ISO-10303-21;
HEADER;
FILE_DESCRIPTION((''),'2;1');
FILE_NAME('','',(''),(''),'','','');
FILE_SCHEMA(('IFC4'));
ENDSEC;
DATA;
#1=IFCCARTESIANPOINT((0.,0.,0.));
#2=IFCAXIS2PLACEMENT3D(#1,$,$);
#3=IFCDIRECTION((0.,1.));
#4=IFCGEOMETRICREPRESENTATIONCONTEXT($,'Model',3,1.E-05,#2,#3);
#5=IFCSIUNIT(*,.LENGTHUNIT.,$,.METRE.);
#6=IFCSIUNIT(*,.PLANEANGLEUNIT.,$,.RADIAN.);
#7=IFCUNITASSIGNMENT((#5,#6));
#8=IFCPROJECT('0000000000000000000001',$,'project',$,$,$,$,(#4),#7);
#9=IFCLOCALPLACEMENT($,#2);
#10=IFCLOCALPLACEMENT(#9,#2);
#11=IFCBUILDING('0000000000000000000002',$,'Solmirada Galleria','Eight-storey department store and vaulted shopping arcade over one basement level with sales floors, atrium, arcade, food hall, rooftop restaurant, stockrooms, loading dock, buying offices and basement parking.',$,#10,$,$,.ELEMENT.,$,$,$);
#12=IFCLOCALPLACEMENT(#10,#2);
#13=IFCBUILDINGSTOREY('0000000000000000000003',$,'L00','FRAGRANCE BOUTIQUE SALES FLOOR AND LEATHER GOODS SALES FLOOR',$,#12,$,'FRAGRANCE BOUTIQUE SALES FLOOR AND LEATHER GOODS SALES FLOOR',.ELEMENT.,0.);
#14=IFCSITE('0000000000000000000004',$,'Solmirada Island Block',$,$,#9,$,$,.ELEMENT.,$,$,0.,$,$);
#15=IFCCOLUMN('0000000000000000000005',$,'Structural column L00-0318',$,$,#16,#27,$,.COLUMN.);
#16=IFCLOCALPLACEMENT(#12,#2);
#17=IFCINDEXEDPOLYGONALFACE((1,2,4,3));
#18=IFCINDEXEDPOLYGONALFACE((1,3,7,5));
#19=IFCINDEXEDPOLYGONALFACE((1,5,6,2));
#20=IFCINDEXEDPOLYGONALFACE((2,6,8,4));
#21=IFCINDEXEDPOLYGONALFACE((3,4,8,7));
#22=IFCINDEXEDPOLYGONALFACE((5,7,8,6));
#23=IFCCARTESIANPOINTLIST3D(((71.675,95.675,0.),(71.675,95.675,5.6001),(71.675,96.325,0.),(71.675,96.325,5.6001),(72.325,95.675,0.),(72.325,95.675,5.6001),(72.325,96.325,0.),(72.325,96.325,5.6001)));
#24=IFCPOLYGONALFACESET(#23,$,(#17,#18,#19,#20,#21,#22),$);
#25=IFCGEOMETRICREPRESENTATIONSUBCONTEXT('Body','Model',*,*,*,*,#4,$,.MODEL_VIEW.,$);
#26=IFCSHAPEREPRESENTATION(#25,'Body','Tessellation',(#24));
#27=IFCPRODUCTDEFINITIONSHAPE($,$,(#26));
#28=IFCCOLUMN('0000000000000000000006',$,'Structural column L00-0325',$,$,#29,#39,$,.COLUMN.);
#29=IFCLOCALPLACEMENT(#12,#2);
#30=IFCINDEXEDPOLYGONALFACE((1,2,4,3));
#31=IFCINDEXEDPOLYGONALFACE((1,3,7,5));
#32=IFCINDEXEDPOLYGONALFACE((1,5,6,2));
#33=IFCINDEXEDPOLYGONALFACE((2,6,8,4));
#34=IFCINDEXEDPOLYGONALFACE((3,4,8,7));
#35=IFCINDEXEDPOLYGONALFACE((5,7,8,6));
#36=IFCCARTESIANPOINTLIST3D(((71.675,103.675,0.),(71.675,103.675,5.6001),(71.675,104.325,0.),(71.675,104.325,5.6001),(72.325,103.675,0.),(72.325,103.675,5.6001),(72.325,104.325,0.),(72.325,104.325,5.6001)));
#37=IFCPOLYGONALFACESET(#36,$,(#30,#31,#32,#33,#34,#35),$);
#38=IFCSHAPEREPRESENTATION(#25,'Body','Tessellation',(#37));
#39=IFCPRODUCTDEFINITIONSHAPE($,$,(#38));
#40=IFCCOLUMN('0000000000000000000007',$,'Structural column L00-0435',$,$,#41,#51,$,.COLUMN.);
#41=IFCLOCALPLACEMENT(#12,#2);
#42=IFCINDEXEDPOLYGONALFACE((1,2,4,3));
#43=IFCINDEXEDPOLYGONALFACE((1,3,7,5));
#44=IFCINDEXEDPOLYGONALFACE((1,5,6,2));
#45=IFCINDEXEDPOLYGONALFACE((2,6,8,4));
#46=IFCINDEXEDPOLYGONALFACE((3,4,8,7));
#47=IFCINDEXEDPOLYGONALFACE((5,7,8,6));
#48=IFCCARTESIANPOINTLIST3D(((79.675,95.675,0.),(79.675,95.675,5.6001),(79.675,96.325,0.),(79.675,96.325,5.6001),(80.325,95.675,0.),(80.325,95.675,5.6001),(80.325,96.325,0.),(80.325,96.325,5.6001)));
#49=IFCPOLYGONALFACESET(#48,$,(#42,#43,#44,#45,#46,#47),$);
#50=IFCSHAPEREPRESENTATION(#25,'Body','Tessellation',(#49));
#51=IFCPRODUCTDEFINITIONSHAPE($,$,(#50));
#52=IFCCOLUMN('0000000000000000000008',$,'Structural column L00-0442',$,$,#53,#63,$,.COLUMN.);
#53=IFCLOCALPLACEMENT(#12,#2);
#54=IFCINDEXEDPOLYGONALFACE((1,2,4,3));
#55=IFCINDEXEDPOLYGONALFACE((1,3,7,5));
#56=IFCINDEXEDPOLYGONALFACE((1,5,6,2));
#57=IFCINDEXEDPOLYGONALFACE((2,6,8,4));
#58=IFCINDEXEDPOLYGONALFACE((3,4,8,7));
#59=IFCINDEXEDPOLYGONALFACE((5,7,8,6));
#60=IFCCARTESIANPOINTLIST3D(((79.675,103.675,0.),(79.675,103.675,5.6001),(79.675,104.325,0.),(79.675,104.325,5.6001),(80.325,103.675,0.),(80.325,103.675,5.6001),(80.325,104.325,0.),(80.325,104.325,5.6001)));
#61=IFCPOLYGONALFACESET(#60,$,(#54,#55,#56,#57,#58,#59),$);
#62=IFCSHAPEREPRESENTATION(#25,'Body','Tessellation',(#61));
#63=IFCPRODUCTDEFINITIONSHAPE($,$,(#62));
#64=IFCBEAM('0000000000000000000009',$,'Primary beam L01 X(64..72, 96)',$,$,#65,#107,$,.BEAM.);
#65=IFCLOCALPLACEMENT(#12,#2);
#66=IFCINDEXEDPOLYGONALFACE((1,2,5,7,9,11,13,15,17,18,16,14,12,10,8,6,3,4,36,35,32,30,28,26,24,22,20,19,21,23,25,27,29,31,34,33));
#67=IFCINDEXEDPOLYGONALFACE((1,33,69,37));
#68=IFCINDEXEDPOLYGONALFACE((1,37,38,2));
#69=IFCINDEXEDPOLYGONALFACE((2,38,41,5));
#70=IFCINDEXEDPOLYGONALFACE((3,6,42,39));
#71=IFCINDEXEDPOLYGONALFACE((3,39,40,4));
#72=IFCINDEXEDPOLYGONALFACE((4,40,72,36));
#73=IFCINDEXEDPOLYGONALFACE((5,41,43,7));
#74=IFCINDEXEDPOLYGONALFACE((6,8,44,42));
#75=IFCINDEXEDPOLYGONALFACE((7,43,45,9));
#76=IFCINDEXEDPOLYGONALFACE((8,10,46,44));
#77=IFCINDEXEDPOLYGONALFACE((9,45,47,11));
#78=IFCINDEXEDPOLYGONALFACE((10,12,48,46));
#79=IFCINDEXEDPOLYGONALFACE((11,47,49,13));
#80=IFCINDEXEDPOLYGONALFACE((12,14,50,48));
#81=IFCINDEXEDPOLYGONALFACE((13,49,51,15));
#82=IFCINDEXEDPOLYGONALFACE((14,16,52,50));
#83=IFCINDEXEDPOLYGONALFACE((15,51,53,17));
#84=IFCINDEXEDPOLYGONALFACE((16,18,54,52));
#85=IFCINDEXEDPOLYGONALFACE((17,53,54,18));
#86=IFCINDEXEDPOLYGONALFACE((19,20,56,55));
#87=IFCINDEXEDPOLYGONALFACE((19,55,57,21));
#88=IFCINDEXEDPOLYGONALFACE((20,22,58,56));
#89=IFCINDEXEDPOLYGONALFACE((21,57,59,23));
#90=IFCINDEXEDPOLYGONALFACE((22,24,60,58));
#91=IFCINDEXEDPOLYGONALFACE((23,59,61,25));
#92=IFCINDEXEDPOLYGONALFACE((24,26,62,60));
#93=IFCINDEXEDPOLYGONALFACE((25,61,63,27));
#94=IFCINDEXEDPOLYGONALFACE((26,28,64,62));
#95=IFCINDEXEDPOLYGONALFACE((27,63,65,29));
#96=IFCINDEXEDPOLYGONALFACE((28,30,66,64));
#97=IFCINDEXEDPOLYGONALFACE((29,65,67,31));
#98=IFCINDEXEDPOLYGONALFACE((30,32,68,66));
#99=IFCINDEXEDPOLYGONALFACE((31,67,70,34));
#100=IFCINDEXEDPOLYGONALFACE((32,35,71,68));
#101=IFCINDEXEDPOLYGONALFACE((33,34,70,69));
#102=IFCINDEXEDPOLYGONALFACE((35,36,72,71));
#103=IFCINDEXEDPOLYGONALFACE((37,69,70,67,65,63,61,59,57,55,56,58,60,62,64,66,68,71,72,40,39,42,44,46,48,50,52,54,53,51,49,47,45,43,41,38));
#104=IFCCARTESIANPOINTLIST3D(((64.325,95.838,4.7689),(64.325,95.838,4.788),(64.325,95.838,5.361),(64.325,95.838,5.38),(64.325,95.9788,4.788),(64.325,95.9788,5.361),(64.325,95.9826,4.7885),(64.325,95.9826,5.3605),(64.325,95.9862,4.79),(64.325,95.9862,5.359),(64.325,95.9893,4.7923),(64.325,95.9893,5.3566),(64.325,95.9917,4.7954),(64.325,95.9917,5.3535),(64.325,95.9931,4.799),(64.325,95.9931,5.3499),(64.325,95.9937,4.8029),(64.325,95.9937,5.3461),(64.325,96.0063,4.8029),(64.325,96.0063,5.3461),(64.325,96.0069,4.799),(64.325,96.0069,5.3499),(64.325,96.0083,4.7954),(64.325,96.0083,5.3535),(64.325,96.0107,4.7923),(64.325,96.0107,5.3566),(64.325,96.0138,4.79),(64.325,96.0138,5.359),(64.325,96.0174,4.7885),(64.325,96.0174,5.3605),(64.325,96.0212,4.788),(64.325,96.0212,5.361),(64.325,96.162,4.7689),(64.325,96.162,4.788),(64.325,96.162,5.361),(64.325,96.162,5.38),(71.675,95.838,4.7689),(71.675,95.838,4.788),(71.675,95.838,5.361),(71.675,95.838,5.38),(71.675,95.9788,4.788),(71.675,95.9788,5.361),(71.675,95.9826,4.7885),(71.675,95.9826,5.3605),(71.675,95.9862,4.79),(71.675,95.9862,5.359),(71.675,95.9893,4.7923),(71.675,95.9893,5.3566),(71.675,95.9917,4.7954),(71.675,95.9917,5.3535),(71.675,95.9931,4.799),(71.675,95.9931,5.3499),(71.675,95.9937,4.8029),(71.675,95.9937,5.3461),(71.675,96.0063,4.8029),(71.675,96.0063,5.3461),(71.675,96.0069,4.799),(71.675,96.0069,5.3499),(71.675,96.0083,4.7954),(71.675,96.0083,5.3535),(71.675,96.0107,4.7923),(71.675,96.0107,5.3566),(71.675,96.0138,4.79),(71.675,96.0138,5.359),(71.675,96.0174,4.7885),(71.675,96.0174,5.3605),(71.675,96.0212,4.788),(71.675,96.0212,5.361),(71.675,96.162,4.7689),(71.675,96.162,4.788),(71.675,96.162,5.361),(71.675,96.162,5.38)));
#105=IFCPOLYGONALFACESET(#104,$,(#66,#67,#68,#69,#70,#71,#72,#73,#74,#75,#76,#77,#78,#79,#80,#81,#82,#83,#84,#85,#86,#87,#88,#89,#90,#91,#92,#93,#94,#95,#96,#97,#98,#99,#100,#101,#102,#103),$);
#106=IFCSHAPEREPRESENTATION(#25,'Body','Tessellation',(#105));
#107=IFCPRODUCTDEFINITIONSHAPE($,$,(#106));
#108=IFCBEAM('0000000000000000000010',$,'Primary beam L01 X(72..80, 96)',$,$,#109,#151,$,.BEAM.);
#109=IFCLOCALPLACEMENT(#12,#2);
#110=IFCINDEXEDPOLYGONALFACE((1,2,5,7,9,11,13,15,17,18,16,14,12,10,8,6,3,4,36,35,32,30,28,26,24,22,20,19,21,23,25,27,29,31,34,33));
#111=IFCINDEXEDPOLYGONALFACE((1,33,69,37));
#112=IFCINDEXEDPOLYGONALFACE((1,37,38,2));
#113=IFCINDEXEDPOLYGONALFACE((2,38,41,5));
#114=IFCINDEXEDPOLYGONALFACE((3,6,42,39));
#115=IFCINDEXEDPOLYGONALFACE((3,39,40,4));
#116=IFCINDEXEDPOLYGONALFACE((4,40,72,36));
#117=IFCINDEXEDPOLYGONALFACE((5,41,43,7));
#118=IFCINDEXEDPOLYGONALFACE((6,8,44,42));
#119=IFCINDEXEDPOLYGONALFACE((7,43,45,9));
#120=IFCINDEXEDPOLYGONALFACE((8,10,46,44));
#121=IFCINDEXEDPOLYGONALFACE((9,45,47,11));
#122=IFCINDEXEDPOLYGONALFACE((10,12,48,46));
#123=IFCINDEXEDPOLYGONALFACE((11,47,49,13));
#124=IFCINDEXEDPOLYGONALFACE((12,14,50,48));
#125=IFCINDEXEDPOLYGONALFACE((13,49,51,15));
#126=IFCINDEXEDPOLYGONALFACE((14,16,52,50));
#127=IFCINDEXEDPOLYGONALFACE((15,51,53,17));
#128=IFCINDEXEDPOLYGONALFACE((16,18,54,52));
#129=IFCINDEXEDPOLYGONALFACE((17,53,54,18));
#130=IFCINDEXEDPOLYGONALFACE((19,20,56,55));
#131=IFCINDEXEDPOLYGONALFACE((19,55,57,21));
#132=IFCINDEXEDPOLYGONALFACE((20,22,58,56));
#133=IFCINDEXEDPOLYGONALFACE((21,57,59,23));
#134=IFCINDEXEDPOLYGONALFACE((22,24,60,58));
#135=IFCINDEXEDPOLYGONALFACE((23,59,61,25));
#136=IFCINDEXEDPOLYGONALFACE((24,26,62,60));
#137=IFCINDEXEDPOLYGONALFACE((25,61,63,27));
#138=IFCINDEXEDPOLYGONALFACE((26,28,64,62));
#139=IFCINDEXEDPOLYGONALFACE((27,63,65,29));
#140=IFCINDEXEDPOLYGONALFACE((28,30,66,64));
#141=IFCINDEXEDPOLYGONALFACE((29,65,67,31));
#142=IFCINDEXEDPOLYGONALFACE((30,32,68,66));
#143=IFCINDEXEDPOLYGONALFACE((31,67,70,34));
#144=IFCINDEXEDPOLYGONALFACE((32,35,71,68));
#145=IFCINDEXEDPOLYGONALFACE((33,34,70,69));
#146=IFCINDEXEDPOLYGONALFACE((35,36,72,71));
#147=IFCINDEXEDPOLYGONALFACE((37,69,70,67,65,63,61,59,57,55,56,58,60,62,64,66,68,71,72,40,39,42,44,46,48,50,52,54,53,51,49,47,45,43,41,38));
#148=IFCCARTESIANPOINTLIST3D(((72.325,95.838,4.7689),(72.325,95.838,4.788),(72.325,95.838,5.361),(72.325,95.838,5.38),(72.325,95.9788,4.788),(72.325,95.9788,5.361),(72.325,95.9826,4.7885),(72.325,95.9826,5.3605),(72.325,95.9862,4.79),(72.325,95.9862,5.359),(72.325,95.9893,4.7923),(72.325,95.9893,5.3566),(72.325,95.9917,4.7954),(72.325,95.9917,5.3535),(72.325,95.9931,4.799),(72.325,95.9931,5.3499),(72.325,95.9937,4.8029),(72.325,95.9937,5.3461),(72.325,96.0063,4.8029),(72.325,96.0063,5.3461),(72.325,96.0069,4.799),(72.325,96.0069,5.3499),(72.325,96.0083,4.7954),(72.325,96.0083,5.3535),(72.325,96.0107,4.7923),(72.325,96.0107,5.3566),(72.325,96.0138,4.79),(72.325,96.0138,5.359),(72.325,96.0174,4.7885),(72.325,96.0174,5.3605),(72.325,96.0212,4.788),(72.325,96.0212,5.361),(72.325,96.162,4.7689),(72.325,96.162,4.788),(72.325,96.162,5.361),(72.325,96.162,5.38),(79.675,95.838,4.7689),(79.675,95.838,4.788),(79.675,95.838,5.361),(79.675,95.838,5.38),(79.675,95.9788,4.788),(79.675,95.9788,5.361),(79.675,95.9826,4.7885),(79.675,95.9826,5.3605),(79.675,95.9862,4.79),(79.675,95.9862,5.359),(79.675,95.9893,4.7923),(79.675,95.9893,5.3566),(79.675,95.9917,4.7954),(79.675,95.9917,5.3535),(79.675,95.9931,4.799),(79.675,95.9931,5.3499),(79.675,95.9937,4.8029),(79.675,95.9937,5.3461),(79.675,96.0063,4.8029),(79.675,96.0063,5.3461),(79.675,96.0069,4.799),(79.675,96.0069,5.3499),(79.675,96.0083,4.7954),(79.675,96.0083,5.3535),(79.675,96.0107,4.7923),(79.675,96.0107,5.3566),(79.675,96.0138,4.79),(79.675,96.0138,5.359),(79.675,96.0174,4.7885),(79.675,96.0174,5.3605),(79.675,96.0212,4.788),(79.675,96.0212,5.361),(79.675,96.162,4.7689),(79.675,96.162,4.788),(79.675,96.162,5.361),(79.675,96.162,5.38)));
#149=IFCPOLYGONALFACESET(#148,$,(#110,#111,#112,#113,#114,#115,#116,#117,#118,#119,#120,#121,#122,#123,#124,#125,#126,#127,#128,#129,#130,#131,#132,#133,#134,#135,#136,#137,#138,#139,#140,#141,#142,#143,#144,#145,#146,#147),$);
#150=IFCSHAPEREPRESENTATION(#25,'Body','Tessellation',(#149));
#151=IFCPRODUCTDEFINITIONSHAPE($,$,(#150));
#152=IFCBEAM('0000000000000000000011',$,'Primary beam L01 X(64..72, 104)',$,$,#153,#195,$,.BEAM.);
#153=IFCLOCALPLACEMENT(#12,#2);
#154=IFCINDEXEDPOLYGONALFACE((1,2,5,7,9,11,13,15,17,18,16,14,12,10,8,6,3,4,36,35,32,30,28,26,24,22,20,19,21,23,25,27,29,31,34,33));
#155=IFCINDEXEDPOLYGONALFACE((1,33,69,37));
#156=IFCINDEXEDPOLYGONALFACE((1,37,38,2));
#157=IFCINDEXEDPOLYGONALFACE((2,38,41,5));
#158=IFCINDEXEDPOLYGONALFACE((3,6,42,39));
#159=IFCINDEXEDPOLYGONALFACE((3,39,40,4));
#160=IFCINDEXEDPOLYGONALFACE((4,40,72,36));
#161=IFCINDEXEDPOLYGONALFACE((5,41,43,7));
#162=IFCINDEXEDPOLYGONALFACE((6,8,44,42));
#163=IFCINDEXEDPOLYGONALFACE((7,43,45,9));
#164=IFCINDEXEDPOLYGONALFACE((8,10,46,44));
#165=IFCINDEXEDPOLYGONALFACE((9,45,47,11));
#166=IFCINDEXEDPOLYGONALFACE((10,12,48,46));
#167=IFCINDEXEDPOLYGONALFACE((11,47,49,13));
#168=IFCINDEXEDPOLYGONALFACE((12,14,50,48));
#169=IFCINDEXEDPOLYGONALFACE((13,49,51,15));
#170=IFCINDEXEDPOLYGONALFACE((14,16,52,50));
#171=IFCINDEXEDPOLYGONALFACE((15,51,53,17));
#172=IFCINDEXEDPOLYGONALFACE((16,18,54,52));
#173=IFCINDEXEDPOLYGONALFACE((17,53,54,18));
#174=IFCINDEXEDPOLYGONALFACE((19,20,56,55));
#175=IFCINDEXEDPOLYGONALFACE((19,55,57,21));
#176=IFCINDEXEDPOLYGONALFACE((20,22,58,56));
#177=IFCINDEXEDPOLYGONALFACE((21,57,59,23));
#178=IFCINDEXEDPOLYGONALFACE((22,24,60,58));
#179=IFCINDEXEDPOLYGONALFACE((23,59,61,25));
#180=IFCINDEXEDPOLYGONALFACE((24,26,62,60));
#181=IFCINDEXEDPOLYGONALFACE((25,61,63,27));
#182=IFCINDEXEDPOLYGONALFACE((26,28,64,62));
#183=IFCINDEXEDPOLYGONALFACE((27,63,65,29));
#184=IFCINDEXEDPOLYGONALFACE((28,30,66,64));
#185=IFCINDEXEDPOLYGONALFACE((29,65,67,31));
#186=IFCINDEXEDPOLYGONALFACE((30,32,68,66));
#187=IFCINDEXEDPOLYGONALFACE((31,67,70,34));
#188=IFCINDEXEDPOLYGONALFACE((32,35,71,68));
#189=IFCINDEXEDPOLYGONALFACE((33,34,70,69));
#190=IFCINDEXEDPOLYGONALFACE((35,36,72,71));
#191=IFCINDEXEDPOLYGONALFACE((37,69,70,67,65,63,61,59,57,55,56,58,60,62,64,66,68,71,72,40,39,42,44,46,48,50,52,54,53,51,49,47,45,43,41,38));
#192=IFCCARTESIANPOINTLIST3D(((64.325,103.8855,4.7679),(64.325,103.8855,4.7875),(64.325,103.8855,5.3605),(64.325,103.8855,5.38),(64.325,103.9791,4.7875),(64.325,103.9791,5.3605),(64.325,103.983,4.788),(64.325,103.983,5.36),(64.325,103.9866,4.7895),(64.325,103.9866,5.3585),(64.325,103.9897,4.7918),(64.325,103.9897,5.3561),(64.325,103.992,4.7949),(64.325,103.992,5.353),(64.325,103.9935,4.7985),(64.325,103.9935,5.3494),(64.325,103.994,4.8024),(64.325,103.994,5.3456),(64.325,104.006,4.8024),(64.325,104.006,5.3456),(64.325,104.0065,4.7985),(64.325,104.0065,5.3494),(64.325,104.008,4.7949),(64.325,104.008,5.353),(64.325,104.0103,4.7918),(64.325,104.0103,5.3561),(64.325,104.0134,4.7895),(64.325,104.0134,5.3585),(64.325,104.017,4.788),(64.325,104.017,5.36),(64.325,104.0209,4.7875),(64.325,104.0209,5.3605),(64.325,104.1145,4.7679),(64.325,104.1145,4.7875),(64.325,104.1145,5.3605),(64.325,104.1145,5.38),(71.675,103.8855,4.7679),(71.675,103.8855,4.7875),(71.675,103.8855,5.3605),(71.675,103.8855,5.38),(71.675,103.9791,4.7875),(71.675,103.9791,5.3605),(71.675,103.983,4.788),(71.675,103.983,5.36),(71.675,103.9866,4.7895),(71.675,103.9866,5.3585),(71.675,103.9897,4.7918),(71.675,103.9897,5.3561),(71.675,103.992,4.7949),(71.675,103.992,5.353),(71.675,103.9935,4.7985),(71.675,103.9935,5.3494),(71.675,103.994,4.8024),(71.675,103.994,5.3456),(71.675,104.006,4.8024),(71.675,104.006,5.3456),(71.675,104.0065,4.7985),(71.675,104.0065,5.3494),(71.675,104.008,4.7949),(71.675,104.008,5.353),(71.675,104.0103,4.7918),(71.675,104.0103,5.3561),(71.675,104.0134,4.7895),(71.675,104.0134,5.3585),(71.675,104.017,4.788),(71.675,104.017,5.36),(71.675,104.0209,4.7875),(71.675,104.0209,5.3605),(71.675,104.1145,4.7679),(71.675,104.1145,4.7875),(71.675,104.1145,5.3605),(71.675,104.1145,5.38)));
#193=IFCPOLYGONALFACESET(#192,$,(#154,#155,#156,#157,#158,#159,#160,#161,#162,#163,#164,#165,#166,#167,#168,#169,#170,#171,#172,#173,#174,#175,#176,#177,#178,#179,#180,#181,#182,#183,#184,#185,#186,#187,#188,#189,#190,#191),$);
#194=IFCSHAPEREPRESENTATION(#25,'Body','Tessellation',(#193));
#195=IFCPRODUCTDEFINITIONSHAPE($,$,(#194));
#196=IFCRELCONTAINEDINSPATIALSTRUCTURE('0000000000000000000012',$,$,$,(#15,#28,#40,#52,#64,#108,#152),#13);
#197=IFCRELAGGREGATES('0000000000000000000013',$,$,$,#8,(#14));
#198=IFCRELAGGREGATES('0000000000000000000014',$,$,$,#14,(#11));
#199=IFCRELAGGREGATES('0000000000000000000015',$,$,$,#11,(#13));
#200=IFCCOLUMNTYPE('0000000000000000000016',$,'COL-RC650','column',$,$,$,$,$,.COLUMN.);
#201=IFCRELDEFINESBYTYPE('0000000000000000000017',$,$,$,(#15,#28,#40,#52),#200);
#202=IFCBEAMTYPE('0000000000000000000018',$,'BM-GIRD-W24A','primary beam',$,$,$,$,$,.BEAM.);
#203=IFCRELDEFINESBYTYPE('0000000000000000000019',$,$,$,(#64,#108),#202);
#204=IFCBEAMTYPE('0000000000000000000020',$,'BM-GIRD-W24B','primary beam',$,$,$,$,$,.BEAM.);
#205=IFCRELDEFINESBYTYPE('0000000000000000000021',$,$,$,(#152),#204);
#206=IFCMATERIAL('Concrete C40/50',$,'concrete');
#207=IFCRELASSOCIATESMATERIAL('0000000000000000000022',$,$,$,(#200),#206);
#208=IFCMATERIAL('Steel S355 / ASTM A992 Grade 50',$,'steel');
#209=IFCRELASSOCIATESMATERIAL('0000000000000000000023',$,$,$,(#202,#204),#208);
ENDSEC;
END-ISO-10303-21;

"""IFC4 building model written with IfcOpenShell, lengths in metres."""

from ifc_helpers import new_model, si_unit, direction, frame, origin, origin_2d, place, context, subcontext, project, spatial, rectangle, i_section, extrude, material, material_profile, profile_set, type_object, element, save


model = new_model("IFC4")

# Units and contexts
model_context = context("Model", 3, precision=1e-05, world=origin(), true_north=direction((0.0, 1.0)))
body_context = subcontext(model_context, "Body", "Model", "MODEL_VIEW")
ifc_project = project(units=[si_unit("LENGTHUNIT", "METRE"), si_unit("PLANEANGLEUNIT", "RADIAN")], contexts=[model_context])

# Site, building, storey
site_placement = place(None, origin())
site = spatial("IfcSite", under=ifc_project, at=site_placement, Name="Solmirada Island Block", CompositionType="ELEMENT", RefElevation=0.0)
building_placement = place(site_placement, origin())
building = spatial("IfcBuilding", under=site, at=building_placement, Name="Solmirada Galleria", Description="Eight-storey department store and vaulted shopping arcade over one basement level with sales floors, atrium, arcade, food hall, rooftop restaurant, stockrooms, loading dock, buying offices and basement parking.", CompositionType="ELEMENT")
storey_placement = place(building_placement, origin())
storey = spatial("IfcBuildingStorey", under=building, at=storey_placement, Name="L00", Description="FRAGRANCE BOUTIQUE SALES FLOOR AND LEATHER GOODS SALES FLOOR", LongName="FRAGRANCE BOUTIQUE SALES FLOOR AND LEATHER GOODS SALES FLOOR", CompositionType="ELEMENT", Elevation=0.0)

# Columns
ifc_material_1 = material(Name="Concrete C40/50", Category="concrete")
ifc_material_profile_1 = material_profile(ifc_material_1, rectangle(XDim=0.6499, YDim=0.6499, at=origin_2d()), Name="RC650X650")
ifc_profile_set_1 = profile_set([ifc_material_profile_1], Name="Concrete C40/50")
column_type = type_object("IfcColumnType", Name="COL-RC650", Description="column", PredefinedType="COLUMN", material=ifc_profile_set_1)
for number, where, z_axis, x_axis, name in (
    (1, (72.0, 96.0, 0.0), (0.0, 0.0, 1.0), (1.0, 0.0, 0.0), "Structural column L00-0318"),
    (2, (72.0, 104.0, 0.0), (0.0, 0.0, 1.0), (1.0, 0.0, 0.0), "Structural column L00-0325"),
    (3, (80.0, 96.0, 0.0), (0.0, 0.0, 1.0), (1.0, 0.0, 0.0), "Structural column L00-0435"),
    (4, (80.0, 104.0, 0.0), (0.0, 0.0, 1.0), (1.0, 0.0, 0.0), "Structural column L00-0442"),
):
    element("IfcColumn", number, at=place(storey_placement, frame(where, z_axis=z_axis, x_axis=x_axis)), inside=storey, type_object=column_type, Name=name, PredefinedType="COLUMN", context=body_context, shape_type="SweptSolid", body=[
        extrude(rectangle(XDim=0.6499, YDim=0.6499, at=origin_2d()), origin(), (0.0, 0.0, 1.0), 5.6001),
    ])

# Beams
ifc_material_2 = material(Name="Steel S355 / ASTM A992 Grade 50", Category="steel")
ifc_material_profile_2 = material_profile(ifc_material_2, i_section(OverallWidth=0.324, OverallDepth=0.6111, WebThickness=0.0127, FlangeThickness=0.019, FilletRadius=0.0149, at=origin_2d()), Name="W24X104")
ifc_profile_set_2 = profile_set([ifc_material_profile_2], Name="Steel S355 / ASTM A992 Grade 50")
beam_type_1 = type_object("IfcBeamType", Name="BM-GIRD-W24A", Description="primary beam", PredefinedType="BEAM", material=ifc_profile_set_2)
for number, where, z_axis, x_axis, name in (
    (5, (64.325, 96.0, 5.0745), (1.0, 0.0, 0.0), (0.0, 1.0, 0.0), "Primary beam L01 X(64..72, 96)"),
    (6, (72.325, 96.0, 5.0745), (1.0, 0.0, 0.0), (0.0, 1.0, 0.0), "Primary beam L01 X(72..80, 96)"),
):
    element("IfcBeam", number, at=place(storey_placement, frame(where, z_axis=z_axis, x_axis=x_axis)), inside=storey, type_object=beam_type_1, Name=name, PredefinedType="BEAM", context=body_context, shape_type="SweptSolid", body=[
        extrude(i_section(OverallWidth=0.324, OverallDepth=0.6111, WebThickness=0.0127, FlangeThickness=0.019, FilletRadius=0.0149, at=origin_2d()), origin(), (0.0, 0.0, 1.0), 7.3501),
    ])
ifc_material_profile_3 = material_profile(ifc_material_2, i_section(OverallWidth=0.229, OverallDepth=0.6121, WebThickness=0.012, FlangeThickness=0.0195, FilletRadius=0.0149, at=origin_2d()), Name="W24X84")
ifc_profile_set_3 = profile_set([ifc_material_profile_3], Name="Steel S355 / ASTM A992 Grade 50")
beam_type_2 = type_object("IfcBeamType", Name="BM-GIRD-W24B", Description="primary beam", PredefinedType="BEAM", material=ifc_profile_set_3)
for number, where, z_axis, x_axis, name in (
    (7, (64.325, 104.0, 5.074), (1.0, 0.0, 0.0), (0.0, 1.0, 0.0), "Primary beam L01 X(64..72, 104)"),
):
    element("IfcBeam", number, at=place(storey_placement, frame(where, z_axis=z_axis, x_axis=x_axis)), inside=storey, type_object=beam_type_2, Name=name, PredefinedType="BEAM", context=body_context, shape_type="SweptSolid", body=[
        extrude(i_section(OverallWidth=0.229, OverallDepth=0.6121, WebThickness=0.012, FlangeThickness=0.0195, FilletRadius=0.0149, at=origin_2d()), origin(), (0.0, 0.0, 1.0), 7.3501),
    ])

save(model, "model.ifc")
